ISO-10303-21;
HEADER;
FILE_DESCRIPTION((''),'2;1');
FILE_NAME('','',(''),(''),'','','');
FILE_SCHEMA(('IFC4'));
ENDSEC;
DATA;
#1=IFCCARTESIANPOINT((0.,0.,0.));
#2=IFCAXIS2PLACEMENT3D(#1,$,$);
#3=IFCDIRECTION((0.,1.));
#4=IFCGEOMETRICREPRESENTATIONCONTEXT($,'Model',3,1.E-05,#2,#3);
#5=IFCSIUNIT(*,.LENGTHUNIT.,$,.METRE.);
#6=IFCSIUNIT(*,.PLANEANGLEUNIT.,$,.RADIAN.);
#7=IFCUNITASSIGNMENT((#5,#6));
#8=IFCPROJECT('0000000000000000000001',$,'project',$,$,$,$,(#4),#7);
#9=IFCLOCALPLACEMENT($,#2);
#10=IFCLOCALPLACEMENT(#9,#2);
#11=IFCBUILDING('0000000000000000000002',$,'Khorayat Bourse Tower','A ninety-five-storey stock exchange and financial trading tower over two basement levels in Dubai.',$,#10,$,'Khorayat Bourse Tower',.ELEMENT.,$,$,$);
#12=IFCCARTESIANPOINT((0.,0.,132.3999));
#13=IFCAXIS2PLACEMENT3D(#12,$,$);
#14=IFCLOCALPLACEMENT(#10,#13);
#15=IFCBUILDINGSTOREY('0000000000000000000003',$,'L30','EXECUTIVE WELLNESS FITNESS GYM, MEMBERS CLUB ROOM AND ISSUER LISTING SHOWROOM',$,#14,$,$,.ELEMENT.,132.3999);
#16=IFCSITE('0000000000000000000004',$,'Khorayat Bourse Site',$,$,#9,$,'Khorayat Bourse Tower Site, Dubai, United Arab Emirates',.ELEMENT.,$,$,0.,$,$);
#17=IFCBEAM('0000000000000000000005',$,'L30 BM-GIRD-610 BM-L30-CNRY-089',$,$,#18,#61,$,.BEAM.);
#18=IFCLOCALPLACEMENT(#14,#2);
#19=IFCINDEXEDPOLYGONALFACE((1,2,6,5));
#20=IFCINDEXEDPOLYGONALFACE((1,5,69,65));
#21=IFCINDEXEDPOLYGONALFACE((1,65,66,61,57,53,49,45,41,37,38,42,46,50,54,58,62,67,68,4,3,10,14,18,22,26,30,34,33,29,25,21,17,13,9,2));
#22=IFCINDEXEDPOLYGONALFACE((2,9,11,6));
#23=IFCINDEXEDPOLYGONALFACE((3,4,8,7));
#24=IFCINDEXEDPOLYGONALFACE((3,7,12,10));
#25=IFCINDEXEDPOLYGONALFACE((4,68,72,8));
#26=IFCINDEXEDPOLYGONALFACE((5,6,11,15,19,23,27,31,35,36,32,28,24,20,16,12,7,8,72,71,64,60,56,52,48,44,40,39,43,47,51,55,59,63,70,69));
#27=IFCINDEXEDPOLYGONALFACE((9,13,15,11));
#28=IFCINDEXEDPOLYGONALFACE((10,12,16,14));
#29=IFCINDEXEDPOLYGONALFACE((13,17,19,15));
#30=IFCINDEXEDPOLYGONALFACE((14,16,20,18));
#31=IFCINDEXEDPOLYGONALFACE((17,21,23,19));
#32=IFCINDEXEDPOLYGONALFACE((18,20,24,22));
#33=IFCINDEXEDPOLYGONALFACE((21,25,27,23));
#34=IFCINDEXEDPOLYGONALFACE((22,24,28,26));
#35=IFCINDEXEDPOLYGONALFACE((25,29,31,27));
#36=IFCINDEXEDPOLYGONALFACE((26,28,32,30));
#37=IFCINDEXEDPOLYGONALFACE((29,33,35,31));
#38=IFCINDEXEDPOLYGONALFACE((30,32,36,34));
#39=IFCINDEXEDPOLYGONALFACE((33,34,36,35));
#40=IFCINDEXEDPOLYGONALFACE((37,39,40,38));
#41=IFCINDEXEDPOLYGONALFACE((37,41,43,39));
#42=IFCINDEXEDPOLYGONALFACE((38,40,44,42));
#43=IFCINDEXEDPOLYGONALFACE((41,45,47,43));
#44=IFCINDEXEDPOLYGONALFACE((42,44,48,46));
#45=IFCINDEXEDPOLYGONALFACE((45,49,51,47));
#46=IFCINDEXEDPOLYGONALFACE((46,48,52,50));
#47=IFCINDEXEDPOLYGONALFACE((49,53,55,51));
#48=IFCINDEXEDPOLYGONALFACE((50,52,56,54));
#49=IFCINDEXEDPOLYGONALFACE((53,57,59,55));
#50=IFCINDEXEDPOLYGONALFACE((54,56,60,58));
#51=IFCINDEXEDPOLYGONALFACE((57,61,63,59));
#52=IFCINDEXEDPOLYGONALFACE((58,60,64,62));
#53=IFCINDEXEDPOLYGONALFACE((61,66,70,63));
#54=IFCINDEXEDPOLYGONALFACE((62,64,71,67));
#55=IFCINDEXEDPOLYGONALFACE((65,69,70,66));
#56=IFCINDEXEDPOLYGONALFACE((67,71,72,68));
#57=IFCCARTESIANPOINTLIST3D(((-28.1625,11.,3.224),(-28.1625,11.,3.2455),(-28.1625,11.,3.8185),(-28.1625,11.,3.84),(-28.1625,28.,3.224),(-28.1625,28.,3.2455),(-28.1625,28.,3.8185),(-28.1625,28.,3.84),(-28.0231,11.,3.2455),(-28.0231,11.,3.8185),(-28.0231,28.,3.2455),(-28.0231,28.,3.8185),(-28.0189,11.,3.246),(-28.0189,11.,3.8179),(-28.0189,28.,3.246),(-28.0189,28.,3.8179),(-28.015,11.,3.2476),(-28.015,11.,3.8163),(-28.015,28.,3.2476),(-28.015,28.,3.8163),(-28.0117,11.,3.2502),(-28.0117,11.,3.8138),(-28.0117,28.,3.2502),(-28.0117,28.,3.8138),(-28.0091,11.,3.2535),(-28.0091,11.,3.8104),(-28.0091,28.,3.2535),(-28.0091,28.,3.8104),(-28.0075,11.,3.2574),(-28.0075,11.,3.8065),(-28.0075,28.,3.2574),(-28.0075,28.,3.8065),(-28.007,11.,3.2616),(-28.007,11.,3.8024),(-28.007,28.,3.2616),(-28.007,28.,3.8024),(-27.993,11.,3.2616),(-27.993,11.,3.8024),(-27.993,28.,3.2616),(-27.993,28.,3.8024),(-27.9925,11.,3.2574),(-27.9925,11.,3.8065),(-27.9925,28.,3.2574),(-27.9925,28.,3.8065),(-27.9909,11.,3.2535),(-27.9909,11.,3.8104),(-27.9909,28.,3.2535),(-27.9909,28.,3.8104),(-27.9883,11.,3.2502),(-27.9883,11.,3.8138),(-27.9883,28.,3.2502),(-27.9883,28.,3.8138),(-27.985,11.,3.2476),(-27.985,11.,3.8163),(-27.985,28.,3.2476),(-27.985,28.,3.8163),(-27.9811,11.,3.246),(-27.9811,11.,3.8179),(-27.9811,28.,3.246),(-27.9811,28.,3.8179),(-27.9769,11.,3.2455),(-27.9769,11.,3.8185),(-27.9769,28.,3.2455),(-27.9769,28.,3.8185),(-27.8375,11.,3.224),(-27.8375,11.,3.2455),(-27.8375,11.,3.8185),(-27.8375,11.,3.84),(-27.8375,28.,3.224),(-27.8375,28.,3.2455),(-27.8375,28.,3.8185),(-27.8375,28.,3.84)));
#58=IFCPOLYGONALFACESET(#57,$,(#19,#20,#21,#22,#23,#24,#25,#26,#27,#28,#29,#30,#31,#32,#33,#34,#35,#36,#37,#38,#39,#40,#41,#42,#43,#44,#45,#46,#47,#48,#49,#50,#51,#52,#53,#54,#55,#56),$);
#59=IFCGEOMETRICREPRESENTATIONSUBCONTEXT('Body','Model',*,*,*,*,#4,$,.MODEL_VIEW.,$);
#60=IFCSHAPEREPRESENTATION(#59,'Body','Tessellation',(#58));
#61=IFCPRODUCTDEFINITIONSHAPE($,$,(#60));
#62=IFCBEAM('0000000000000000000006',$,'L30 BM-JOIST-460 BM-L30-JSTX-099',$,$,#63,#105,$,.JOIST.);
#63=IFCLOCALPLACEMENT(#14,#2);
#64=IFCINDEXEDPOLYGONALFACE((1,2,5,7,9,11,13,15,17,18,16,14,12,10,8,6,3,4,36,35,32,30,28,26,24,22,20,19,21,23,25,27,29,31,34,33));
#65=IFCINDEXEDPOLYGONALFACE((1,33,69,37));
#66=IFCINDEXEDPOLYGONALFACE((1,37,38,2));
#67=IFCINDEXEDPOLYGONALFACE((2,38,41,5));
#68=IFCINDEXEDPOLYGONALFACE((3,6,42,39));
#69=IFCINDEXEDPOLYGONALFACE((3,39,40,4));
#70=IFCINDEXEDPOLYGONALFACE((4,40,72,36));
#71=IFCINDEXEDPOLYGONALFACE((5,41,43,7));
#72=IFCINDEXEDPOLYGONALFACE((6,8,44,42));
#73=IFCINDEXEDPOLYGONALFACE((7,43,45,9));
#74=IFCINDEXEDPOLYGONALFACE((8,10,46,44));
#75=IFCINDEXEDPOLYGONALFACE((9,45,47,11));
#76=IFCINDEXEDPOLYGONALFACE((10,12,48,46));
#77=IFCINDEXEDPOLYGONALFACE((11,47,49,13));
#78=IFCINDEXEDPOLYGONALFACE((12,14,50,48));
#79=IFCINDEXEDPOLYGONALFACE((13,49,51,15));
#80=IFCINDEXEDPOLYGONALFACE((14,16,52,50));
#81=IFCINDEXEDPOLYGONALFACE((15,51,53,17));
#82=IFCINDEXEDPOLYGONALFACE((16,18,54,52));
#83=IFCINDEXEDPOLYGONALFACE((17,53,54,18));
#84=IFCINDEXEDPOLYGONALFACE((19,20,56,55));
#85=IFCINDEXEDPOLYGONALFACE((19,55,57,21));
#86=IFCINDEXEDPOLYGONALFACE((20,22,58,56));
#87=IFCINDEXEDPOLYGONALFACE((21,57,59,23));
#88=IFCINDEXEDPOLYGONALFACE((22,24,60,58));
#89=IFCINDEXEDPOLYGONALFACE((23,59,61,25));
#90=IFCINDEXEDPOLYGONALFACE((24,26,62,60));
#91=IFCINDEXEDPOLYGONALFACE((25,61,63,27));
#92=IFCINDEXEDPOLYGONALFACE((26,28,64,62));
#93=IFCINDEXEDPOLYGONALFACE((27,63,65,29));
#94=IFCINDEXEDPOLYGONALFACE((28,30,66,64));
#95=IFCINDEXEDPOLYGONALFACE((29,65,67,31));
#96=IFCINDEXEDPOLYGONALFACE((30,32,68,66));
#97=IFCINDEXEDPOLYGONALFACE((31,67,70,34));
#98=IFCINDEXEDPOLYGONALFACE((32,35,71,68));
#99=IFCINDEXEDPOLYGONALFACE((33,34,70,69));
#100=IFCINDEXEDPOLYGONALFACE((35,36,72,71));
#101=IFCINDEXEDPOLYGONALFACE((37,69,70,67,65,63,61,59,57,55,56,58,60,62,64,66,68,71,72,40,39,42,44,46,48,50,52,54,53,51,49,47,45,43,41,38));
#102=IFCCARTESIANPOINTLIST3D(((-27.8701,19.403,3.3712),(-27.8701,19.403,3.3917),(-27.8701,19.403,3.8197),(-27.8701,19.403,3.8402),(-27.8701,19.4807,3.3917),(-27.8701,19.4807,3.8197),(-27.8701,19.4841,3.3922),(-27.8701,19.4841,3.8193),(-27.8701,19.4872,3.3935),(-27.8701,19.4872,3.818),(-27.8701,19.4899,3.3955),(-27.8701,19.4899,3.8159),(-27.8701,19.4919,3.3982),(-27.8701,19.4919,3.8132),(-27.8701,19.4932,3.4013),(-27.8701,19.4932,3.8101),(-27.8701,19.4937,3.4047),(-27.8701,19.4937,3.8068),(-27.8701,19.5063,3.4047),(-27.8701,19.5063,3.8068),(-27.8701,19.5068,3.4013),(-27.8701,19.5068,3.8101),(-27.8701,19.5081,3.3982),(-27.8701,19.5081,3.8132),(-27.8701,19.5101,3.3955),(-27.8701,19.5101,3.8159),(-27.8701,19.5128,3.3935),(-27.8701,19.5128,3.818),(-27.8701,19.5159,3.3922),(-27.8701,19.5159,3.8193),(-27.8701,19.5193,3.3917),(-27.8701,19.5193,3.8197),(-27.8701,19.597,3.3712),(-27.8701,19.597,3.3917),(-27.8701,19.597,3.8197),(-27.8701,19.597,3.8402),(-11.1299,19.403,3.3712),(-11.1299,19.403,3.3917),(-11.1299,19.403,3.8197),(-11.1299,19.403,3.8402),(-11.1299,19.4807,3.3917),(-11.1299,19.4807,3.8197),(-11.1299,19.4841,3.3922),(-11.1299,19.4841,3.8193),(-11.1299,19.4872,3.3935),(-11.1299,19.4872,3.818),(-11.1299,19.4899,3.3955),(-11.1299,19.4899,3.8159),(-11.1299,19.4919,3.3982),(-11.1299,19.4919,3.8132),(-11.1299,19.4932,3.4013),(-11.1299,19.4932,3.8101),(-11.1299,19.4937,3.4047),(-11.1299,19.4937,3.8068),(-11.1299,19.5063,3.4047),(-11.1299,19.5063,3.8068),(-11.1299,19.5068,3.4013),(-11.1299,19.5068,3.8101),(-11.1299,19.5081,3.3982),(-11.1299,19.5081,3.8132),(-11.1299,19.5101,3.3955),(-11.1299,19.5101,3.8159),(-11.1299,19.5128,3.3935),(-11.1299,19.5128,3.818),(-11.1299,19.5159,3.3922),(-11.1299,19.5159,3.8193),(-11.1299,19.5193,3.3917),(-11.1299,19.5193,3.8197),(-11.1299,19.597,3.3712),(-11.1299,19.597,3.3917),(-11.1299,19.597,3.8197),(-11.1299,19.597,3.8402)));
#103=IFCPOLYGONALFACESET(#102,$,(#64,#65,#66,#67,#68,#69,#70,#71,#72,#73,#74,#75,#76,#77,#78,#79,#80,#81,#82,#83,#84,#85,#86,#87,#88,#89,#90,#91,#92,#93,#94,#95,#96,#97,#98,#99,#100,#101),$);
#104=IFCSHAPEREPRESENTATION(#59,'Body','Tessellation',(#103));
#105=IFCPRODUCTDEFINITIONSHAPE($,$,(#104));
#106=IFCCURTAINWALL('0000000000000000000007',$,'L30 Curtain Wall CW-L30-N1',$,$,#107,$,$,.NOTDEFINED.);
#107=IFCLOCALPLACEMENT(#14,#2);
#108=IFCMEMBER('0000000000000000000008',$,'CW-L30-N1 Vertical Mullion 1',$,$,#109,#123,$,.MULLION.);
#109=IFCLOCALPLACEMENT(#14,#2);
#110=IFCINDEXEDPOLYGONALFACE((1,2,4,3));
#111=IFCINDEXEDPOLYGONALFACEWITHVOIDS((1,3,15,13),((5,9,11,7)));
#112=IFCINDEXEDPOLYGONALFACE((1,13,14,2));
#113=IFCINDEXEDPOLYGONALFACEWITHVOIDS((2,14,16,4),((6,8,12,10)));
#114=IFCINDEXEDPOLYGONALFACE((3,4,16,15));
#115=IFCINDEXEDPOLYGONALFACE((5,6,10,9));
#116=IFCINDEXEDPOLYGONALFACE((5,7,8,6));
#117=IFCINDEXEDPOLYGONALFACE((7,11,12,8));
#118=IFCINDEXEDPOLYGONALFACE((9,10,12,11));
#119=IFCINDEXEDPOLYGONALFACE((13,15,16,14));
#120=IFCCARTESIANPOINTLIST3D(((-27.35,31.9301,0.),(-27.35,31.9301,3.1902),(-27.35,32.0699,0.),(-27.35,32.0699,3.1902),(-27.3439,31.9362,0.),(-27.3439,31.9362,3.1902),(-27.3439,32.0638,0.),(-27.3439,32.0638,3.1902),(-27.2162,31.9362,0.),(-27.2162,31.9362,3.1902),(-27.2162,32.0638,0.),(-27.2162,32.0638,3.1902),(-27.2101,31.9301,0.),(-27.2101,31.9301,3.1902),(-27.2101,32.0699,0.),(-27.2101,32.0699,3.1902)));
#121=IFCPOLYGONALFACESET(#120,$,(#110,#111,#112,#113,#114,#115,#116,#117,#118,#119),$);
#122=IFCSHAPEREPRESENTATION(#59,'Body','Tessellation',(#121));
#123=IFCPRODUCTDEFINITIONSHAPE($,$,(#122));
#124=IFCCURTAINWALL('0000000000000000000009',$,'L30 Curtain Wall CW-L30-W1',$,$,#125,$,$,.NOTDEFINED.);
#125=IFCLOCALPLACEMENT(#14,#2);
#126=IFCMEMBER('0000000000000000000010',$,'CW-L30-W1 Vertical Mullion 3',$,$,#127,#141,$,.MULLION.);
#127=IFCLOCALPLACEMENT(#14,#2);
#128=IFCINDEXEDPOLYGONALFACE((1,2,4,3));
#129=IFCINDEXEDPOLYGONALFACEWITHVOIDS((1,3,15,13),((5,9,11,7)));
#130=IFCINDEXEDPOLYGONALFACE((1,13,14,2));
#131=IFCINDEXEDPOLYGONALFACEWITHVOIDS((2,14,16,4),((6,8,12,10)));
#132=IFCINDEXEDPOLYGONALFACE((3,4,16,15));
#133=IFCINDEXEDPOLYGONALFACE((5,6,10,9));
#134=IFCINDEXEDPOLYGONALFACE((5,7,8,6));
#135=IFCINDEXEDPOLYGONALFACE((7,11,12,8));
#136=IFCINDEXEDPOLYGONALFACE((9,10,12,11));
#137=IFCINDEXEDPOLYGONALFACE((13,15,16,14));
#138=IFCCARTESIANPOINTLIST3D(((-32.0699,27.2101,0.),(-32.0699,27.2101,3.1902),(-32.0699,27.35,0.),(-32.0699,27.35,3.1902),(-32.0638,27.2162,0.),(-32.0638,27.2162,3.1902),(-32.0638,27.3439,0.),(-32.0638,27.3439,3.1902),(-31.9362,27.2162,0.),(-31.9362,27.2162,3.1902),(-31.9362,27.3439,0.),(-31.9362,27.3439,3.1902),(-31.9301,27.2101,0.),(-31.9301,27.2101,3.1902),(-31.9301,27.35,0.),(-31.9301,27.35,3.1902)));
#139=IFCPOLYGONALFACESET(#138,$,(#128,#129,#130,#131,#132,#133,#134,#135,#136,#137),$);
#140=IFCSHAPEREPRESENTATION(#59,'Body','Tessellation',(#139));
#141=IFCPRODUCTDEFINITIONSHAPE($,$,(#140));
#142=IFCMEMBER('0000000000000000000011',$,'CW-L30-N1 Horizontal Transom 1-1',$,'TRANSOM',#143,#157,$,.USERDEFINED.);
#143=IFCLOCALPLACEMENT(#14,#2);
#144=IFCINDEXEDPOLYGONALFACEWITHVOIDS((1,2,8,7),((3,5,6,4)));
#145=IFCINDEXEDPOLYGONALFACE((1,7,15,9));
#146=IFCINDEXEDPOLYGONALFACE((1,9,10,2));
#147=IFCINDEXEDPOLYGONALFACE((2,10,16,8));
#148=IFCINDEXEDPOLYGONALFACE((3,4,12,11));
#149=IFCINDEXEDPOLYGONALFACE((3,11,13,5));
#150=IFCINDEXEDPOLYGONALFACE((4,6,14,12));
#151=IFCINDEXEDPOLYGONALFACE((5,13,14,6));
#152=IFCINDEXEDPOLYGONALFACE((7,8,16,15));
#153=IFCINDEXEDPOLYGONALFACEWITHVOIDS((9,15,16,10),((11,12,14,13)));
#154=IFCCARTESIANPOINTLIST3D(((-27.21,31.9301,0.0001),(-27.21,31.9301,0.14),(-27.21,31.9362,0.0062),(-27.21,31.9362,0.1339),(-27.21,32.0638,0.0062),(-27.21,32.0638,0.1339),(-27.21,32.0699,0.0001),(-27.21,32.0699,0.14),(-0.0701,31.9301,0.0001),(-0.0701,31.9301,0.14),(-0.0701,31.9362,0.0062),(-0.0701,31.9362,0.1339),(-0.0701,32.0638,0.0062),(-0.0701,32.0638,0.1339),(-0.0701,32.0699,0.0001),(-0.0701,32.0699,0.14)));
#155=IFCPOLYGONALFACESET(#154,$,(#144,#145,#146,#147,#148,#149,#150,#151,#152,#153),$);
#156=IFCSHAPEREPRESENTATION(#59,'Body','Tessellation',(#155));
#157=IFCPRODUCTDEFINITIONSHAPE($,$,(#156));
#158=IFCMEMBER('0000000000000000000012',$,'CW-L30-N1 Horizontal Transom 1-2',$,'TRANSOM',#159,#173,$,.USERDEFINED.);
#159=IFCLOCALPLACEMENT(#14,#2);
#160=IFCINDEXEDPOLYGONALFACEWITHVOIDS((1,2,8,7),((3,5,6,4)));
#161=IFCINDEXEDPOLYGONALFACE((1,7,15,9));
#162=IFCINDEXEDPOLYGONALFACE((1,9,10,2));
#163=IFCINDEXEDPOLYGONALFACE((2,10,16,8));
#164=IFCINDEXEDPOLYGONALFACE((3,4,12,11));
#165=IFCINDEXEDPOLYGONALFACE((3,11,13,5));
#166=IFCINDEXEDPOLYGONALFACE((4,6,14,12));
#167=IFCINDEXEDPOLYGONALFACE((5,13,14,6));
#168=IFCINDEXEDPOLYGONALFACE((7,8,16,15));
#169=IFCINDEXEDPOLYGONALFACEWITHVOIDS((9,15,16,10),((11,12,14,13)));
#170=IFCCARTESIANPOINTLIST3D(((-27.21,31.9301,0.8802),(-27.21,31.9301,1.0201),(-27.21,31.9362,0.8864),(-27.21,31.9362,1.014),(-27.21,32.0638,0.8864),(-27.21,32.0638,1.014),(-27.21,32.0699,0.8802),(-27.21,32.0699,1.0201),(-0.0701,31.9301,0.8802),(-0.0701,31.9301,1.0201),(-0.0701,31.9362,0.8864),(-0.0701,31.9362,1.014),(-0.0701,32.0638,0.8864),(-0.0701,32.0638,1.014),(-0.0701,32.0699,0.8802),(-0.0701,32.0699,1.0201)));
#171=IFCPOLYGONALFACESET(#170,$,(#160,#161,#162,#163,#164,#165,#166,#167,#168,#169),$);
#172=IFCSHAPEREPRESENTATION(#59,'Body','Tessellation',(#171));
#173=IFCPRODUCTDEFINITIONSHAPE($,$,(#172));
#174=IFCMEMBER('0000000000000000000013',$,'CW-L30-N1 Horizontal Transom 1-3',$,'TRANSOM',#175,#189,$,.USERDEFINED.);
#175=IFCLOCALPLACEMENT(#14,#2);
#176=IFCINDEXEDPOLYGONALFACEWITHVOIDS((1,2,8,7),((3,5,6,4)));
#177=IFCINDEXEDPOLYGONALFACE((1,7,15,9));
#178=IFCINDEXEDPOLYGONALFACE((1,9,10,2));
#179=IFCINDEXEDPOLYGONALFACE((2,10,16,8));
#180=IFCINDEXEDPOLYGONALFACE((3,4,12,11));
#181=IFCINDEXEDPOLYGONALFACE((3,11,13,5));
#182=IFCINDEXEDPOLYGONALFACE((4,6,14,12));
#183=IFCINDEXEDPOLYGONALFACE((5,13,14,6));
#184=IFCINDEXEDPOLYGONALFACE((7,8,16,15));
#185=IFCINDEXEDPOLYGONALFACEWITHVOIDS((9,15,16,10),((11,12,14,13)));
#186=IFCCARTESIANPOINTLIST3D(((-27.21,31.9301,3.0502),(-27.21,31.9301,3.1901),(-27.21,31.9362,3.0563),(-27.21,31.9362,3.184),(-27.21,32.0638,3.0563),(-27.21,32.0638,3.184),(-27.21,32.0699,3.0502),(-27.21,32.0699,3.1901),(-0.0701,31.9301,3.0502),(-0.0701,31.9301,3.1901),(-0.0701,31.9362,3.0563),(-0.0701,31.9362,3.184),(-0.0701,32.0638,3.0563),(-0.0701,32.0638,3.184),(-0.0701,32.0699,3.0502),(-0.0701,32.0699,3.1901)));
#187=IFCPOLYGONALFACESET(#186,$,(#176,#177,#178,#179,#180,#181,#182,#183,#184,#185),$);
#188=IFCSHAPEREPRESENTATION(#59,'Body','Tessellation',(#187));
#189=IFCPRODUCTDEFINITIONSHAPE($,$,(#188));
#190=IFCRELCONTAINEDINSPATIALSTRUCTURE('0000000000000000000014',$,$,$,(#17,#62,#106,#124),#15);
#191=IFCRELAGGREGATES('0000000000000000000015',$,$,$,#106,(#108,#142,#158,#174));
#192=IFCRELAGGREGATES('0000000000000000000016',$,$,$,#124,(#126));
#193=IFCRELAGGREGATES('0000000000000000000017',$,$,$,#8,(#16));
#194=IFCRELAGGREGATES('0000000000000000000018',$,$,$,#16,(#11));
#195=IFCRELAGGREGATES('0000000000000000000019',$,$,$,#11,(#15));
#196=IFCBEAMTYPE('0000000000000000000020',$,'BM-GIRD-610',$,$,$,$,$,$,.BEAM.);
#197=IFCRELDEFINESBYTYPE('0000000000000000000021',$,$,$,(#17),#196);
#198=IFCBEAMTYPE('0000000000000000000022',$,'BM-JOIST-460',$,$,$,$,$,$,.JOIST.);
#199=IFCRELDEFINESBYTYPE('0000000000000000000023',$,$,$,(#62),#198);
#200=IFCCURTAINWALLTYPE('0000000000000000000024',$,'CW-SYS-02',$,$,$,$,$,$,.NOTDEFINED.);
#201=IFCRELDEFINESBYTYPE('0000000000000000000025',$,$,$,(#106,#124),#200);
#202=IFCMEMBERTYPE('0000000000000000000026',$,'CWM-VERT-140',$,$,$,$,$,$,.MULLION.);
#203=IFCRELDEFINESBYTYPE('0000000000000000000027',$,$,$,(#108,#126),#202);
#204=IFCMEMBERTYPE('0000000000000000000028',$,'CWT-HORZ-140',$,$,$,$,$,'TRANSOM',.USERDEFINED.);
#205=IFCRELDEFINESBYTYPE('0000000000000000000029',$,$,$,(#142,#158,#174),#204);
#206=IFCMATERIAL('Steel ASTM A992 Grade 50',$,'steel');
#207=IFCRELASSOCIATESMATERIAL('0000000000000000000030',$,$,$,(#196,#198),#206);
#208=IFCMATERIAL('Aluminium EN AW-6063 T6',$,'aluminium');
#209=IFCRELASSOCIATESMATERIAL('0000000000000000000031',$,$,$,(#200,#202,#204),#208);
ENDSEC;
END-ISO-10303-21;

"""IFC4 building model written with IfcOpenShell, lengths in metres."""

from ifc_helpers import new_model, si_unit, direction, frame, origin, origin_2d, place, context, subcontext, project, spatial, hollow_rectangle, i_section, extrude, source, transform, mapped, material, material_profile, profile_set, type_object, element, aggregate, save


model = new_model("IFC4")

# Units and contexts
model_context = context("Model", 3, precision=1e-05, world=origin(), true_north=direction((0.0, 1.0)))
body_context = subcontext(model_context, "Body", "Model", "MODEL_VIEW")
ifc_project = project(units=[si_unit("LENGTHUNIT", "METRE"), si_unit("PLANEANGLEUNIT", "RADIAN")], contexts=[model_context])

# Site, building, storey
site_placement = place(None, origin())
site = spatial("IfcSite", under=ifc_project, at=site_placement, Name="Khorayat Bourse Site", LongName="Khorayat Bourse Tower Site, Dubai, United Arab Emirates", CompositionType="ELEMENT", RefElevation=0.0)
building_placement = place(site_placement, origin())
building = spatial("IfcBuilding", under=site, at=building_placement, Name="Khorayat Bourse Tower", Description="A ninety-five-storey stock exchange and financial trading tower over two basement levels in Dubai.", LongName="Khorayat Bourse Tower", CompositionType="ELEMENT")
storey_placement = place(building_placement, frame((0.0, 0.0, 132.3999)))
storey = spatial("IfcBuildingStorey", under=building, at=storey_placement, Name="L30", Description="EXECUTIVE WELLNESS FITNESS GYM, MEMBERS CLUB ROOM AND ISSUER LISTING SHOWROOM", CompositionType="ELEMENT", Elevation=132.3999)

# Beams
ifc_material_1 = material(Name="Steel ASTM A992 Grade 50", Category="steel")
ifc_material_profile_1 = material_profile(ifc_material_1, i_section(OverallWidth=0.325, OverallDepth=0.616, WebThickness=0.0139, FlangeThickness=0.0215, FilletRadius=0.0161, at=origin_2d()), Name="W610X174")
ifc_profile_set_1 = profile_set([ifc_material_profile_1], Name="Steel ASTM A992 Grade 50")
beam_type_1 = type_object("IfcBeamType", Name="BM-GIRD-610", PredefinedType="BEAM", material=ifc_profile_set_1)
shared_shape_1 = source(origin(), body_context, "Body", "SweptSolid", [
    extrude(i_section(OverallWidth=0.325, OverallDepth=0.616, WebThickness=0.0139, FlangeThickness=0.0215, FilletRadius=0.0161, at=origin_2d()), origin(), (0.0, 0.0, 1.0), 17.0),
])
beam_1_placement = place(storey_placement, frame((-28.0, 11.0, 3.532), z_axis=(0.0, 1.0, 0.0), x_axis=(-1.0, 0.0, 0.0)))
element("IfcBeam", 1, at=beam_1_placement, inside=storey, type_object=beam_type_1, Name="L30 BM-GIRD-610 BM-L30-CNRY-089", PredefinedType="BEAM", context=body_context, shape_type="MappedRepresentation", body=[
    mapped(shared_shape_1, transform((0.0, 0.0, 0.0), scale=1.0)),
])
ifc_material_profile_2 = material_profile(ifc_material_1, i_section(OverallWidth=0.1941, OverallDepth=0.469, WebThickness=0.0127, FlangeThickness=0.0205, FilletRadius=0.0129, at=origin_2d()), Name="W460X106")
ifc_profile_set_2 = profile_set([ifc_material_profile_2], Name="Steel ASTM A992 Grade 50")
beam_type_2 = type_object("IfcBeamType", Name="BM-JOIST-460", PredefinedType="JOIST", material=ifc_profile_set_2)
shared_shape_2 = source(origin(), body_context, "Body", "SweptSolid", [
    extrude(i_section(OverallWidth=0.1941, OverallDepth=0.469, WebThickness=0.0127, FlangeThickness=0.0205, FilletRadius=0.0129, at=origin_2d()), origin(), (0.0, 0.0, 1.0), 16.7402),
])
beam_2_placement = place(storey_placement, frame((-27.8701, 19.5, 3.6057), z_axis=(1.0, 0.0, 0.0), x_axis=(0.0, 1.0, 0.0)))
element("IfcBeam", 2, at=beam_2_placement, inside=storey, type_object=beam_type_2, Name="L30 BM-JOIST-460 BM-L30-JSTX-099", PredefinedType="JOIST", context=body_context, shape_type="MappedRepresentation", body=[
    mapped(shared_shape_2, transform((0.0, 0.0, 0.0), scale=1.0)),
])

# Curtain walls, members
ifc_material_2 = material(Name="Aluminium EN AW-6063 T6", Category="aluminium")
curtain_wall_type = type_object("IfcCurtainWallType", Name="CW-SYS-02", PredefinedType="NOTDEFINED", material=ifc_material_2)
curtain_wall_1_placement = place(storey_placement, origin())
curtain_wall_1 = element("IfcCurtainWall", 3, at=curtain_wall_1_placement, inside=storey, type_object=curtain_wall_type, Name="L30 Curtain Wall CW-L30-N1", PredefinedType="NOTDEFINED")
ifc_material_profile_3 = material_profile(ifc_material_2, hollow_rectangle(XDim=0.1399, YDim=0.1399, WallThickness=0.0061, at=origin_2d()), Name="ALU 140x140x6")
ifc_profile_set_3 = profile_set([ifc_material_profile_3], Name="Aluminium EN AW-6063 T6")
member_type_1 = type_object("IfcMemberType", Name="CWM-VERT-140", PredefinedType="MULLION", material=ifc_profile_set_3)
shared_shape_3 = source(origin(), body_context, "Body", "SweptSolid", [
    extrude(hollow_rectangle(XDim=0.1399, YDim=0.1399, WallThickness=0.0061, at=origin_2d()), origin(), (0.0, 0.0, 1.0), 3.1902),
])
member_1_placement = place(storey_placement, frame((-27.28, 32.0, 0.0), z_axis=(0.0, 0.0, 1.0), x_axis=(0.0, 1.0, 0.0)))
member_1 = element("IfcMember", 4, at=member_1_placement, type_object=member_type_1, Name="CW-L30-N1 Vertical Mullion 1", PredefinedType="MULLION", context=body_context, shape_type="MappedRepresentation", body=[
    mapped(shared_shape_3, transform((0.0, 0.0, 0.0), scale=1.0)),
])
curtain_wall_2_placement = place(storey_placement, origin())
curtain_wall_2 = element("IfcCurtainWall", 5, at=curtain_wall_2_placement, inside=storey, type_object=curtain_wall_type, Name="L30 Curtain Wall CW-L30-W1", PredefinedType="NOTDEFINED")
member_2_placement = place(storey_placement, frame((-32.0, 27.28, 0.0), z_axis=(0.0, 0.0, 1.0), x_axis=(-1.0, 0.0, 0.0)))
member_2 = element("IfcMember", 6, at=member_2_placement, type_object=member_type_1, Name="CW-L30-W1 Vertical Mullion 3", PredefinedType="MULLION", context=body_context, shape_type="MappedRepresentation", body=[
    mapped(shared_shape_3, transform((0.0, 0.0, 0.0), scale=1.0)),
])

# Members
ifc_material_profile_4 = material_profile(ifc_material_2, hollow_rectangle(XDim=0.1399, YDim=0.1399, WallThickness=0.0061, at=origin_2d()), Name="ALU 140x140x6")
ifc_profile_set_4 = profile_set([ifc_material_profile_4], Name="Aluminium EN AW-6063 T6")
member_type_2 = type_object("IfcMemberType", Name="CWT-HORZ-140", ElementType="TRANSOM", PredefinedType="USERDEFINED", material=ifc_profile_set_4)
shared_shape_4 = source(origin(), body_context, "Body", "SweptSolid", [
    extrude(hollow_rectangle(XDim=0.1399, YDim=0.1399, WallThickness=0.0061, at=origin_2d()), origin(), (0.0, 0.0, 1.0), 27.1399),
])
member_3_placement = place(storey_placement, frame((-27.21, 32.0, 0.0701), z_axis=(1.0, 0.0, 0.0), x_axis=(0.0, 1.0, 0.0)))
member_3 = element("IfcMember", 7, at=member_3_placement, type_object=member_type_2, Name="CW-L30-N1 Horizontal Transom 1-1", ObjectType="TRANSOM", PredefinedType="USERDEFINED", context=body_context, shape_type="MappedRepresentation", body=[
    mapped(shared_shape_4, transform((0.0, 0.0, 0.0), scale=1.0)),
])
member_4_placement = place(storey_placement, frame((-27.21, 32.0, 0.9502), z_axis=(1.0, 0.0, 0.0), x_axis=(0.0, 1.0, 0.0)))
member_4 = element("IfcMember", 8, at=member_4_placement, type_object=member_type_2, Name="CW-L30-N1 Horizontal Transom 1-2", ObjectType="TRANSOM", PredefinedType="USERDEFINED", context=body_context, shape_type="MappedRepresentation", body=[
    mapped(shared_shape_4, transform((0.0, 0.0, 0.0), scale=1.0)),
])
member_5_placement = place(storey_placement, frame((-27.21, 32.0, 3.1201), z_axis=(1.0, 0.0, 0.0), x_axis=(0.0, 1.0, 0.0)))
member_5 = element("IfcMember", 9, at=member_5_placement, type_object=member_type_2, Name="CW-L30-N1 Horizontal Transom 1-3", ObjectType="TRANSOM", PredefinedType="USERDEFINED", context=body_context, shape_type="MappedRepresentation", body=[
    mapped(shared_shape_4, transform((0.0, 0.0, 0.0), scale=1.0)),
])
aggregate(curtain_wall_1, [member_1, member_3, member_4, member_5])

aggregate(curtain_wall_2, [member_2])

save(model, "model.ifc")
